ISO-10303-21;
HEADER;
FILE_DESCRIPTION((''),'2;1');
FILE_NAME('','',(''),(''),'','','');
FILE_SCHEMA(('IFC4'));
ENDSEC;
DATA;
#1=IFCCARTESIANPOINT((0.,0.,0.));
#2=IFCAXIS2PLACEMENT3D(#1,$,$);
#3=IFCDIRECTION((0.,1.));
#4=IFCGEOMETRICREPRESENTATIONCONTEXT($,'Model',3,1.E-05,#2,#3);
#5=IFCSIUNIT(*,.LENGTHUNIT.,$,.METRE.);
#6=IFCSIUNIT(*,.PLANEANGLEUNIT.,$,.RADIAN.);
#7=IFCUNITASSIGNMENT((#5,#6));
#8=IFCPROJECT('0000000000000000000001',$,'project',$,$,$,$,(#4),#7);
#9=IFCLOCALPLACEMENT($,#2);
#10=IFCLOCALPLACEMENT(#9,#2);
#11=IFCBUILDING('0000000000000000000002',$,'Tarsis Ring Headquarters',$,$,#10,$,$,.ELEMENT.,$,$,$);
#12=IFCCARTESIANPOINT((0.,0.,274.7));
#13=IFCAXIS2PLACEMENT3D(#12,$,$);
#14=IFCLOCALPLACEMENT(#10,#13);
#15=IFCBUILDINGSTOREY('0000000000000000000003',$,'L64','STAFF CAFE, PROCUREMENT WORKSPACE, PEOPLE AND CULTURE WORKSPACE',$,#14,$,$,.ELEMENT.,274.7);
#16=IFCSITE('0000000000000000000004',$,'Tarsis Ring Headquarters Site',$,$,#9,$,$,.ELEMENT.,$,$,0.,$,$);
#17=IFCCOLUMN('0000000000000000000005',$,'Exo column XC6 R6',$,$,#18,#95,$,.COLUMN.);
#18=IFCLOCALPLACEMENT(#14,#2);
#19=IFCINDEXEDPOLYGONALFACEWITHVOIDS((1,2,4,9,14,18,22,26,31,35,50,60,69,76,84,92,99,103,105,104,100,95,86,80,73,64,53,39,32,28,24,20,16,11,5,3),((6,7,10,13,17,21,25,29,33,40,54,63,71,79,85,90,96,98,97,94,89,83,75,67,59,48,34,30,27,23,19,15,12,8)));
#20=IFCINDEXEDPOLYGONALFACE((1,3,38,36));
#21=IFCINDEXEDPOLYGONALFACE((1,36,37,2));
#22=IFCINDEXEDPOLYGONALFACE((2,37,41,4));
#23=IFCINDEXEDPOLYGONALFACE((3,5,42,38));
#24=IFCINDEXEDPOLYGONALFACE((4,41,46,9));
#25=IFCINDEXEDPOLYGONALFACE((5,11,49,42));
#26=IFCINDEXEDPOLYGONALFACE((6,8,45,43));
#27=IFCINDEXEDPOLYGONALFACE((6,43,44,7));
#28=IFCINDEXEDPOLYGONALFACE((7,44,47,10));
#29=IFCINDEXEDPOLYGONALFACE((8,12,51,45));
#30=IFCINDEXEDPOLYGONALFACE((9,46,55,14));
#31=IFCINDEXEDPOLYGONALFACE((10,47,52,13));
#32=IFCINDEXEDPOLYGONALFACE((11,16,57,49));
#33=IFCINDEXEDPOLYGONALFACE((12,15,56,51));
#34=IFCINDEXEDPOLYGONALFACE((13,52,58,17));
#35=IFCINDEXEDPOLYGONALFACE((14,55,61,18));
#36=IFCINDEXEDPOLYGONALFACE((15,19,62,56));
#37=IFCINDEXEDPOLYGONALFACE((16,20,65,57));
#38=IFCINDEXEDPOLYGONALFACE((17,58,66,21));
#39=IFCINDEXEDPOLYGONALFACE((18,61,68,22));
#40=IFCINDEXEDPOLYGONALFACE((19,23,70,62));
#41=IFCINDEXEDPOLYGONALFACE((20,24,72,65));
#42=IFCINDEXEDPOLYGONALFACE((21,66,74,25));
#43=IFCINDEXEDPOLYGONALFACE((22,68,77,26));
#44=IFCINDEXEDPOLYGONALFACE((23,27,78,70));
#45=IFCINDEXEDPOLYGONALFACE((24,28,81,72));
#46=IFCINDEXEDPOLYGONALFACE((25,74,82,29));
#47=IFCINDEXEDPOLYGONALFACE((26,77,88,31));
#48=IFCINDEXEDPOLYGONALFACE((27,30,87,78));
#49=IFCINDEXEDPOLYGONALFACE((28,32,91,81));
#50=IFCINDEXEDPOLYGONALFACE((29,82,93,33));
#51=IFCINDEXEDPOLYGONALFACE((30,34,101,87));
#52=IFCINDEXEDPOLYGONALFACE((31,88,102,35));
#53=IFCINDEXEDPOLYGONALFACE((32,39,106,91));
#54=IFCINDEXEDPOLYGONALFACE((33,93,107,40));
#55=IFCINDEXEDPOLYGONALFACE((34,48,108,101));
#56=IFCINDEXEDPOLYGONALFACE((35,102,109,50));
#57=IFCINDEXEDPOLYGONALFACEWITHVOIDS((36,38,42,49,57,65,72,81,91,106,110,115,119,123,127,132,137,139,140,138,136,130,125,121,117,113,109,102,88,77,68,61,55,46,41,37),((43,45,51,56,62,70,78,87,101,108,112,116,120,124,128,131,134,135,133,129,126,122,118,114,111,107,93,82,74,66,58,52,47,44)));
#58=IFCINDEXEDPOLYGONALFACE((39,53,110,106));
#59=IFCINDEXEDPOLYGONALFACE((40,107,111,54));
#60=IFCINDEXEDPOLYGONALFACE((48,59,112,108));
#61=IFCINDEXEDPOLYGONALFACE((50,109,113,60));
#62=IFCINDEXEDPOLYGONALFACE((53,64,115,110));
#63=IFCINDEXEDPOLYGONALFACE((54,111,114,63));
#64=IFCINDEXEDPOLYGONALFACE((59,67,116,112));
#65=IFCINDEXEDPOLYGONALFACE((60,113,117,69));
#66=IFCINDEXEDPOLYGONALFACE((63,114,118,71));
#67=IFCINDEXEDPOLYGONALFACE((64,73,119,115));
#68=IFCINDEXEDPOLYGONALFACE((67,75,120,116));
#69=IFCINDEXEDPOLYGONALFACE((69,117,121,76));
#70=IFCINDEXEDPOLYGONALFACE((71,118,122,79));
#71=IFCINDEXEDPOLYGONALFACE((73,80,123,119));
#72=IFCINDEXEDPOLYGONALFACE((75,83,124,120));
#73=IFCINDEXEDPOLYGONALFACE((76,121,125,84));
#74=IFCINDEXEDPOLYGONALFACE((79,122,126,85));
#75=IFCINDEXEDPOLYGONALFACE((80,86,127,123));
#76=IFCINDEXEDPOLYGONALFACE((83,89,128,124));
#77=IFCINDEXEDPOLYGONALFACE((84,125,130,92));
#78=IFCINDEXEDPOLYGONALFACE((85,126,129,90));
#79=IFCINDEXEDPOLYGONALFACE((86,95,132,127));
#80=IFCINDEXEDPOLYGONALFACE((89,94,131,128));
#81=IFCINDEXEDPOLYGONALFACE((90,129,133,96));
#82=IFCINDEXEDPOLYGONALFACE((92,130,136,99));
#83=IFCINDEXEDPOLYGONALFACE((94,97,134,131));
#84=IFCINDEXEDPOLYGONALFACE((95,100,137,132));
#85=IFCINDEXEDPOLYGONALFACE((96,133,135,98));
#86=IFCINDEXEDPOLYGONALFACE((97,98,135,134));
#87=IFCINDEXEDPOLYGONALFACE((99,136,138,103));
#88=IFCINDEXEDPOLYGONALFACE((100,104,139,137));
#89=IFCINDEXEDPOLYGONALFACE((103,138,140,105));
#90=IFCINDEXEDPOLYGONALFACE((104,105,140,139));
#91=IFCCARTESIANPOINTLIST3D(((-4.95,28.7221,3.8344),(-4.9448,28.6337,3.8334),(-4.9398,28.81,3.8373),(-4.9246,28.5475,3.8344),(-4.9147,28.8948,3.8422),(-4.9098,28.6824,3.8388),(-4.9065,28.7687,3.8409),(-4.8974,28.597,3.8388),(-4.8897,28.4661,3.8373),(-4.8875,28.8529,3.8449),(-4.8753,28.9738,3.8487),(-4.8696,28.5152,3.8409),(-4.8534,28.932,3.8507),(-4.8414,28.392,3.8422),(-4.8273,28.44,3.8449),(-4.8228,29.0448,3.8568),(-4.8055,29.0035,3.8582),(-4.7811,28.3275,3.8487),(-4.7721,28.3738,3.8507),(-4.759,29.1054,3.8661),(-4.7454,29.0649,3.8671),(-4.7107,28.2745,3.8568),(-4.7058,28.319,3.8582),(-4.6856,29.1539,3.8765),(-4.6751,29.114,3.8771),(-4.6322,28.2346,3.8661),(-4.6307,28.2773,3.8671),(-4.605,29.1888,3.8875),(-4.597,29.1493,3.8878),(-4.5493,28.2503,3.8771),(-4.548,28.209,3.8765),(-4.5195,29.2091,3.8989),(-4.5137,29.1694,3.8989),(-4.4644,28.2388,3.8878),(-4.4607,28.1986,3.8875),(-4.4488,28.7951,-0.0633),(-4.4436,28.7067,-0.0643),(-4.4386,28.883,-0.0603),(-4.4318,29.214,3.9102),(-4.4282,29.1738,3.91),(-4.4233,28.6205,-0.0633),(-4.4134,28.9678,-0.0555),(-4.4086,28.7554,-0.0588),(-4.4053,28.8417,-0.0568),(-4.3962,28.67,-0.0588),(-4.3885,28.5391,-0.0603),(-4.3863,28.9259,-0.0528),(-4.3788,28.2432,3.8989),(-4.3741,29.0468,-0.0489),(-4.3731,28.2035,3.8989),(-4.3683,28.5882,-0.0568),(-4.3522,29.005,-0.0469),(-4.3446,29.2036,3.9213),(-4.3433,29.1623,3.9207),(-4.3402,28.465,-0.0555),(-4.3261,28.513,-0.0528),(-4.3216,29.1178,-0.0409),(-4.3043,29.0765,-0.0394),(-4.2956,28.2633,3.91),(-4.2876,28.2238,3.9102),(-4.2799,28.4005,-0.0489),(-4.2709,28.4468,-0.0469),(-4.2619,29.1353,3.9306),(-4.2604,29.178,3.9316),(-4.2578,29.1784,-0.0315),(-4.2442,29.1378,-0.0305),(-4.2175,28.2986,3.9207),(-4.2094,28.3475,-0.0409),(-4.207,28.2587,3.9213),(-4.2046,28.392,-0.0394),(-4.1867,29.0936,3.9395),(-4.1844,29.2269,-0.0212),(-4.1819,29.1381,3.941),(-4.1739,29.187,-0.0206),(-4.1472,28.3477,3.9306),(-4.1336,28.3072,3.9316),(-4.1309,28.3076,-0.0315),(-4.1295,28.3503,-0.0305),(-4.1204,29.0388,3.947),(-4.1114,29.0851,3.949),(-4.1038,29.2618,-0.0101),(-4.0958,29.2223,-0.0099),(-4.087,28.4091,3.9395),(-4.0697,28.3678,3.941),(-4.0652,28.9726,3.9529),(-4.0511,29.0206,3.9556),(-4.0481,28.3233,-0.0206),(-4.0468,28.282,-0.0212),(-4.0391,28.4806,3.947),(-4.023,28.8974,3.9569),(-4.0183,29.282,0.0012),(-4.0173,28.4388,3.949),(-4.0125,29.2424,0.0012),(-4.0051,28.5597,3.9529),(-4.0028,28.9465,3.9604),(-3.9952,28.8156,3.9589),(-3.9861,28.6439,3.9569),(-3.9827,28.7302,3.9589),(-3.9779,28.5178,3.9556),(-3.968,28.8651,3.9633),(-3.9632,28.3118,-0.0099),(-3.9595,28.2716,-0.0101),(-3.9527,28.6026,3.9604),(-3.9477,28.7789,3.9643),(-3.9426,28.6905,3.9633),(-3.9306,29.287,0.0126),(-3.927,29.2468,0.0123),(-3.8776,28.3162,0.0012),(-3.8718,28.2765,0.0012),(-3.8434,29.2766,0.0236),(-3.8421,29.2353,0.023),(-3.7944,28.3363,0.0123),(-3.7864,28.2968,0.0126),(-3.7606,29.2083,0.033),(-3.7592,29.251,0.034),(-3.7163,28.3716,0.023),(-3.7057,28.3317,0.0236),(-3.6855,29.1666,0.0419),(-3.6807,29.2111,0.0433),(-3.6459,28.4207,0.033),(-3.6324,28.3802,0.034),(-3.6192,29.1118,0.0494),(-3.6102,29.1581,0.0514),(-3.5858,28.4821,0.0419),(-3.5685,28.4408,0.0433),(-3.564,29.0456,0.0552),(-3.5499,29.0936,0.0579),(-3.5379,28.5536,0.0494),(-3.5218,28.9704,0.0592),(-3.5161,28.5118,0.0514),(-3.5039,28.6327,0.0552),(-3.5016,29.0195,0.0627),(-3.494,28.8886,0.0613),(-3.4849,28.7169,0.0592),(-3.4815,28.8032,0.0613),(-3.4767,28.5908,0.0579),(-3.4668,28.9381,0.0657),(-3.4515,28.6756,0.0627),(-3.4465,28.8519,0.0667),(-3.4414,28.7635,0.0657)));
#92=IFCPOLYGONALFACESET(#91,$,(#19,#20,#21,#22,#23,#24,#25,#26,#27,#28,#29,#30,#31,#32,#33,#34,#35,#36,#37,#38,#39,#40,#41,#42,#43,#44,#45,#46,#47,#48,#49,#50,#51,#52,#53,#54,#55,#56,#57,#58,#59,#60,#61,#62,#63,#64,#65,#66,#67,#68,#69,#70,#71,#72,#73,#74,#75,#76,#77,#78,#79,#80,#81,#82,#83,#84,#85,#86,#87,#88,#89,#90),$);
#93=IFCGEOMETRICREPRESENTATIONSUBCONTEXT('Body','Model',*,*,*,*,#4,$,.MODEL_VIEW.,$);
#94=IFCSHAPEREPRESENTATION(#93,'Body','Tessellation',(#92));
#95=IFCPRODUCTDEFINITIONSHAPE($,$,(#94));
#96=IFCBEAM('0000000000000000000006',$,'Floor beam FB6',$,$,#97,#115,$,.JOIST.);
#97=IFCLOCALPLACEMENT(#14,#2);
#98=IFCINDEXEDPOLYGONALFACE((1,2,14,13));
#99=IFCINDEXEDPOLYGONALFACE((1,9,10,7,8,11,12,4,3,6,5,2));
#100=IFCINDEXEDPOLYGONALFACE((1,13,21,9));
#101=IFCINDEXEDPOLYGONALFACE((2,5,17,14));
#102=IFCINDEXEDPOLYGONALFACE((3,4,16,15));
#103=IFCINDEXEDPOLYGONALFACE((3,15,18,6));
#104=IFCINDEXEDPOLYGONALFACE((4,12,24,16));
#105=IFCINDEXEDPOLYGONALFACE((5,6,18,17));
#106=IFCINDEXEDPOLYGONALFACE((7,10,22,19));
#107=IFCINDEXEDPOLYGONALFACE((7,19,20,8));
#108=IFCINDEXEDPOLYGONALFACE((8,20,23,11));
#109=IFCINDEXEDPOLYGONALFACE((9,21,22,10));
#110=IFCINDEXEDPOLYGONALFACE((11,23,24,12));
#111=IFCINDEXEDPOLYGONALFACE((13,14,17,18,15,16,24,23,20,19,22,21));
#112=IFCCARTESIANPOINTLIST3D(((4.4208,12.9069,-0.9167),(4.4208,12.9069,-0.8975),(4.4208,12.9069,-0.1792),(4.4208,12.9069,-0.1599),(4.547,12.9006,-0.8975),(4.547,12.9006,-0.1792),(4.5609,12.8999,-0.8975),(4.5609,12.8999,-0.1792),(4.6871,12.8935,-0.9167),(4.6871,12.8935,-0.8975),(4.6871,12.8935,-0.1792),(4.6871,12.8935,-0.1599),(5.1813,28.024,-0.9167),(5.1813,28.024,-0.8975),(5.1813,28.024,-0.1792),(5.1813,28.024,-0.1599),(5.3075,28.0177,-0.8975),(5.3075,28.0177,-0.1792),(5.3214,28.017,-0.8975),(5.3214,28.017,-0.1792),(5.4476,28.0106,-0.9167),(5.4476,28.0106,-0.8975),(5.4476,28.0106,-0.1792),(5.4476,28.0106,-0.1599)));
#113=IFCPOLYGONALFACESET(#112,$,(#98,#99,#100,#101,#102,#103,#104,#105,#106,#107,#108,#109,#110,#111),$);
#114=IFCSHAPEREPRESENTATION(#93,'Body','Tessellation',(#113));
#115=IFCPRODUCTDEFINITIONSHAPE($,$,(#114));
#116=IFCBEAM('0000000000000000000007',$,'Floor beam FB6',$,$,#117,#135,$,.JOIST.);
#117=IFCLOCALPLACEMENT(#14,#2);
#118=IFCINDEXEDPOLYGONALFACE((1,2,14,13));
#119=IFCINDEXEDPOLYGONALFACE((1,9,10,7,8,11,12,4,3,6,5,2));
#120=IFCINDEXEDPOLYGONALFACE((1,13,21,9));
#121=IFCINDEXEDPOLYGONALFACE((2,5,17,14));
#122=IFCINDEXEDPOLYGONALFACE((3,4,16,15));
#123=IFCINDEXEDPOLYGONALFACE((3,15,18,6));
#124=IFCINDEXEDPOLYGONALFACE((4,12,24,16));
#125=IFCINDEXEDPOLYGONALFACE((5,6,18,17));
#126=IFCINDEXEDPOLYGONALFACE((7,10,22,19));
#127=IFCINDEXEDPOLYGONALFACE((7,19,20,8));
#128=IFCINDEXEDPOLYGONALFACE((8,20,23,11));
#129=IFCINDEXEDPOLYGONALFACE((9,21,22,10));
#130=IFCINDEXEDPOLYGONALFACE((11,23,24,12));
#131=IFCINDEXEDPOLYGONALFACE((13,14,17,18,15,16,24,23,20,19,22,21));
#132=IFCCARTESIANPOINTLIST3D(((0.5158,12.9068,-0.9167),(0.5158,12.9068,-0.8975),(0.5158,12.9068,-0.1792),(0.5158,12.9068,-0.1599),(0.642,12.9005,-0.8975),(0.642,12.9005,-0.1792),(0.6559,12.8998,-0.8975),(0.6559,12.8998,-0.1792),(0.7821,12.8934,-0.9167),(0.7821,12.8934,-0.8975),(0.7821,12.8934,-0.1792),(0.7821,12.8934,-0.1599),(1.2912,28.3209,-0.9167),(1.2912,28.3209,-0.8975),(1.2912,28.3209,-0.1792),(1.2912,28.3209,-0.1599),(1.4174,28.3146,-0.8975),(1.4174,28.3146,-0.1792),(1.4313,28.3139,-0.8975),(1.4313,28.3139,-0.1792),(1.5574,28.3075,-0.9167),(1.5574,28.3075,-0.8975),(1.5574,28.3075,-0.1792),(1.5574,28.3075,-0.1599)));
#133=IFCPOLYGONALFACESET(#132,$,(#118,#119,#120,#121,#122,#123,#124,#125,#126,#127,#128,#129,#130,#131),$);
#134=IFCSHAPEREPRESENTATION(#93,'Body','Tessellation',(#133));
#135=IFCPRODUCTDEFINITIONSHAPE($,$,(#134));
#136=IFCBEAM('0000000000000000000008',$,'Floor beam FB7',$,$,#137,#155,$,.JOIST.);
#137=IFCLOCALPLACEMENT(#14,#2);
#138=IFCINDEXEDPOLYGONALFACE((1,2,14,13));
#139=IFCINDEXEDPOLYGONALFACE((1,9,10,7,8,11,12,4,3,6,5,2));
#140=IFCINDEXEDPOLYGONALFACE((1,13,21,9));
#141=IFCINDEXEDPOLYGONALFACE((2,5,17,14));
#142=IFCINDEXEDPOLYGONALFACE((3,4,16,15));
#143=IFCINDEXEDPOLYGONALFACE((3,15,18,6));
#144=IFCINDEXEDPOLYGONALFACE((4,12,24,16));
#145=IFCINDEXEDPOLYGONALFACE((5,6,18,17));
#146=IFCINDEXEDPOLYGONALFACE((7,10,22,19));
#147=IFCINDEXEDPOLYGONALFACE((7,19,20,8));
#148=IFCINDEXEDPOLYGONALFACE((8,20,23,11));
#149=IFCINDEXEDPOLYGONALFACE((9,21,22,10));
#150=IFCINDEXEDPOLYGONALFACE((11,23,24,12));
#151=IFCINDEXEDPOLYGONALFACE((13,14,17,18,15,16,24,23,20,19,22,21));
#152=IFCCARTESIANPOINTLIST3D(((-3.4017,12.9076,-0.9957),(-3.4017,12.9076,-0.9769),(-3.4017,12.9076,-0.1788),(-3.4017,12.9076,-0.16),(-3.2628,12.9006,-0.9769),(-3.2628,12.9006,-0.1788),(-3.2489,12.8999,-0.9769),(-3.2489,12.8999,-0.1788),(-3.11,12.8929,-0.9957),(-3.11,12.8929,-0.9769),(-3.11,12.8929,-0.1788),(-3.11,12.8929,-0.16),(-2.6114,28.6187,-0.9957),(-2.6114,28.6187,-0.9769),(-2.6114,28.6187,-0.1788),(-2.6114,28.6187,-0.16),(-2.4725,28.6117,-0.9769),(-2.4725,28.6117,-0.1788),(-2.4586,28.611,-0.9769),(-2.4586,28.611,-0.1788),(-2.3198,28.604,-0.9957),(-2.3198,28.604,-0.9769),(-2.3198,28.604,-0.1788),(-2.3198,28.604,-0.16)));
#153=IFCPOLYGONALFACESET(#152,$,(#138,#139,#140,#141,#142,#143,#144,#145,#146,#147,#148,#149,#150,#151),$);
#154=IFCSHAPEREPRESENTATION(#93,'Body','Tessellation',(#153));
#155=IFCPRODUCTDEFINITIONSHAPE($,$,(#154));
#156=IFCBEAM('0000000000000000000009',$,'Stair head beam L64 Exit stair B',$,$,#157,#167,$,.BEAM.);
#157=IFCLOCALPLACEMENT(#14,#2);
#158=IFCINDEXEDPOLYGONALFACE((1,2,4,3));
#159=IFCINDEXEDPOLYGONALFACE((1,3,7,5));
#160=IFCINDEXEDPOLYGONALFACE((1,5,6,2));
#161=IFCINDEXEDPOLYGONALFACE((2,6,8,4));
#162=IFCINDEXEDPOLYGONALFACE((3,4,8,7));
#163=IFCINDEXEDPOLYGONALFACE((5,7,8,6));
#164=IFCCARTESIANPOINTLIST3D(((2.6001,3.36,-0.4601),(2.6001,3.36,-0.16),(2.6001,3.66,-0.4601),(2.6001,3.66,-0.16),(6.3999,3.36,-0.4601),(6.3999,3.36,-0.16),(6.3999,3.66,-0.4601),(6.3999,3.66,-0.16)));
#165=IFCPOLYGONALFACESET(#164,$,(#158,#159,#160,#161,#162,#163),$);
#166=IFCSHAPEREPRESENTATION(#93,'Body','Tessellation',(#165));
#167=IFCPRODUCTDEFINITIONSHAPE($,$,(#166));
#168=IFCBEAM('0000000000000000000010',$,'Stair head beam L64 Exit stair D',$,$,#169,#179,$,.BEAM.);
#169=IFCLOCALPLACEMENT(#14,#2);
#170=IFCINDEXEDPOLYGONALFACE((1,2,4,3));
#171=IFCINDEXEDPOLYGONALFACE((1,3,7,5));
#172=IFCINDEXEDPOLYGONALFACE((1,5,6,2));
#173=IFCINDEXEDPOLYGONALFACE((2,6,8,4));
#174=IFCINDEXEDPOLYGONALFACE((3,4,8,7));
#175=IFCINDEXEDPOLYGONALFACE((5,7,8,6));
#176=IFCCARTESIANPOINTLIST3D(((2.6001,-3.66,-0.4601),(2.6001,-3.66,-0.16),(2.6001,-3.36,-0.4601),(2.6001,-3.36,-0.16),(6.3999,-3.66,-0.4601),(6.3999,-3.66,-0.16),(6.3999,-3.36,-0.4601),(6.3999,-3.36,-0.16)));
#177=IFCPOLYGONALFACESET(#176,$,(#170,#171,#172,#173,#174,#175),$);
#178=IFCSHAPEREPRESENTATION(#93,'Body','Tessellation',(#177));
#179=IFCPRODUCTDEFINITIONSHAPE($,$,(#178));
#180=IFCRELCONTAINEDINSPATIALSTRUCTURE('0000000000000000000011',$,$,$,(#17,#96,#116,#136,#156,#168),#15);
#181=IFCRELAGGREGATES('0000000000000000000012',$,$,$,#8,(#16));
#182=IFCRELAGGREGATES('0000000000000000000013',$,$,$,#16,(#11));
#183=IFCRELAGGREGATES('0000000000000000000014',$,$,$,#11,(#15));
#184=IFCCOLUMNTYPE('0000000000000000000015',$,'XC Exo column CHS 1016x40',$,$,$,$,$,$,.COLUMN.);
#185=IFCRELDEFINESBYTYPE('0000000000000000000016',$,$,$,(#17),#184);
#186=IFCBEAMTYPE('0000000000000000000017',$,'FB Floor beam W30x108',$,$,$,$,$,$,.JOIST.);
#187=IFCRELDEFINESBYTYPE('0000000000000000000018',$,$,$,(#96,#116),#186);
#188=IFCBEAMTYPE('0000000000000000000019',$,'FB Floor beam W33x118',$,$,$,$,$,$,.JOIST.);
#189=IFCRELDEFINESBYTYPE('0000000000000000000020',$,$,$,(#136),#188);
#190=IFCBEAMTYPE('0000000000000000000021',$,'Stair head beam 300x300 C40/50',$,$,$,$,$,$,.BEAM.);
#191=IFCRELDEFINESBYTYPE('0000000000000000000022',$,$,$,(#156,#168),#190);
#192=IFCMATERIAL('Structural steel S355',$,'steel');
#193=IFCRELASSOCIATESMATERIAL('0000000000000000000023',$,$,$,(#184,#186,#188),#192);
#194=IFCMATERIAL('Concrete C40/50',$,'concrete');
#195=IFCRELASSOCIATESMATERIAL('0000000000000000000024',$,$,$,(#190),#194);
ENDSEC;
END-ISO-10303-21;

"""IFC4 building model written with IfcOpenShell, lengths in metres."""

from ifc_helpers import new_model, si_unit, direction, frame, origin, origin_2d, place, context, subcontext, project, spatial, rectangle, hollow_circle, i_section, extrude, material, material_profile, profile_set, type_object, element, save


model = new_model("IFC4")

# Units and contexts
model_context = context("Model", 3, precision=1e-05, world=origin(), true_north=direction((0.0, 1.0)))
body_context = subcontext(model_context, "Body", "Model", "MODEL_VIEW")
ifc_project = project(units=[si_unit("LENGTHUNIT", "METRE"), si_unit("PLANEANGLEUNIT", "RADIAN")], contexts=[model_context])

# Site, building, storey
site_placement = place(None, origin())
site = spatial("IfcSite", under=ifc_project, at=site_placement, Name="Tarsis Ring Headquarters Site", CompositionType="ELEMENT", RefElevation=0.0)
building_placement = place(site_placement, origin())
building = spatial("IfcBuilding", under=site, at=building_placement, Name="Tarsis Ring Headquarters", CompositionType="ELEMENT")
storey_placement = place(building_placement, frame((0.0, 0.0, 274.7)))
storey = spatial("IfcBuildingStorey", under=building, at=storey_placement, Name="L64", Description="STAFF CAFE, PROCUREMENT WORKSPACE, PEOPLE AND CULTURE WORKSPACE", CompositionType="ELEMENT", Elevation=274.7)

# Column
ifc_material_1 = material(Name="Structural steel S355", Category="steel")
ifc_material_profile_1 = material_profile(ifc_material_1, hollow_circle(Radius=0.5081, WallThickness=0.04, at=origin_2d()), Name="CHS 1016x40")
ifc_profile_set_1 = profile_set([ifc_material_profile_1], Name="Structural steel S355")
column_type = type_object("IfcColumnType", Name="XC Exo column CHS 1016x40", PredefinedType="COLUMN", material=ifc_profile_set_1)
column_placement = place(storey_placement, frame((-3.9451, 28.7793, 0.0012), z_axis=(-0.127522, -0.018572, 0.991662), x_axis=(0.14412, -0.98956, 0.0)))
element("IfcColumn", 1, at=column_placement, inside=storey, type_object=column_type, Name="Exo column XC6 R6", PredefinedType="COLUMN", context=body_context, shape_type="SweptSolid", body=[
    extrude(hollow_circle(Radius=0.5081, WallThickness=0.04, at=origin_2d()), origin(), (0.0, 0.0, 1.0), 3.9304),
])

# Beams
ifc_material_profile_2 = material_profile(ifc_material_1, i_section(OverallWidth=0.2666, OverallDepth=0.7568, WebThickness=0.0139, FlangeThickness=0.0193, at=origin_2d()), Name="W30x108")
ifc_profile_set_2 = profile_set([ifc_material_profile_2], Name="Structural steel S355")
beam_type_1 = type_object("IfcBeamType", Name="FB Floor beam W30x108", PredefinedType="JOIST", material=ifc_profile_set_2)
beam_1_placement = place(storey_placement, frame((5.3145, 28.0173, -0.5383), z_axis=(-0.050243, -0.998737, 0.0), x_axis=(0.998737, -0.050243, 0.0)))
element("IfcBeam", 2, at=beam_1_placement, inside=storey, type_object=beam_type_1, Name="Floor beam FB6", PredefinedType="JOIST", context=body_context, shape_type="SweptSolid", body=[
    extrude(i_section(OverallWidth=0.2666, OverallDepth=0.7568, WebThickness=0.0139, FlangeThickness=0.0193, at=origin_2d()), origin(), (0.0, 0.0, 1.0), 15.1362),
])
beam_2_placement = place(storey_placement, frame((1.4243, 28.3142, -0.5383), z_axis=(-0.050241, -0.998737, 0.0), x_axis=(0.998737, -0.050241, 0.0)))
element("IfcBeam", 3, at=beam_2_placement, inside=storey, type_object=beam_type_1, Name="Floor beam FB6", PredefinedType="JOIST", context=body_context, shape_type="SweptSolid", body=[
    extrude(i_section(OverallWidth=0.2666, OverallDepth=0.7568, WebThickness=0.0139, FlangeThickness=0.0193, at=origin_2d()), origin(), (0.0, 0.0, 1.0), 15.4336),
])
ifc_material_profile_3 = material_profile(ifc_material_1, i_section(OverallWidth=0.292, OverallDepth=0.8357, WebThickness=0.0139, FlangeThickness=0.0188, at=origin_2d()), Name="W33x118")
ifc_profile_set_3 = profile_set([ifc_material_profile_3], Name="Structural steel S355")
beam_type_2 = type_object("IfcBeamType", Name="FB Floor beam W33x118", PredefinedType="JOIST", material=ifc_profile_set_3)
beam_3_placement = place(storey_placement, frame((-2.4656, 28.6113, -0.5779), z_axis=(-0.050237, -0.998737, 0.0), x_axis=(0.998737, -0.050237, 0.0)))
element("IfcBeam", 4, at=beam_3_placement, inside=storey, type_object=beam_type_2, Name="Floor beam FB7", PredefinedType="JOIST", context=body_context, shape_type="SweptSolid", body=[
    extrude(i_section(OverallWidth=0.292, OverallDepth=0.8357, WebThickness=0.0139, FlangeThickness=0.0188, at=origin_2d()), origin(), (0.0, 0.0, 1.0), 15.731),
])
ifc_material_2 = material(Name="Concrete C40/50", Category="concrete")
ifc_material_profile_4 = material_profile(ifc_material_2, rectangle(XDim=0.3, YDim=0.3, at=origin_2d()), Name="Stair head beam 300x300 C40/50")
ifc_profile_set_4 = profile_set([ifc_material_profile_4], Name="Concrete C40/50")
beam_type_3 = type_object("IfcBeamType", Name="Stair head beam 300x300 C40/50", PredefinedType="BEAM", material=ifc_profile_set_4)
for number, where, z_axis, x_axis, name in (
    (5, (2.6001, 3.51, -0.3101), (1.0, 0.0, 0.0), (0.0, 1.0, 0.0), "Stair head beam L64 Exit stair B"),
    (6, (2.6001, -3.51, -0.3101), (1.0, 0.0, 0.0), (0.0, 1.0, 0.0), "Stair head beam L64 Exit stair D"),
):
    element("IfcBeam", number, at=place(storey_placement, frame(where, z_axis=z_axis, x_axis=x_axis)), inside=storey, type_object=beam_type_3, Name=name, PredefinedType="BEAM", context=body_context, shape_type="SweptSolid", body=[
        extrude(rectangle(XDim=0.3, YDim=0.3, at=origin_2d()), origin(), (0.0, 0.0, 1.0), 3.7998),
    ])

save(model, "model.ifc")
